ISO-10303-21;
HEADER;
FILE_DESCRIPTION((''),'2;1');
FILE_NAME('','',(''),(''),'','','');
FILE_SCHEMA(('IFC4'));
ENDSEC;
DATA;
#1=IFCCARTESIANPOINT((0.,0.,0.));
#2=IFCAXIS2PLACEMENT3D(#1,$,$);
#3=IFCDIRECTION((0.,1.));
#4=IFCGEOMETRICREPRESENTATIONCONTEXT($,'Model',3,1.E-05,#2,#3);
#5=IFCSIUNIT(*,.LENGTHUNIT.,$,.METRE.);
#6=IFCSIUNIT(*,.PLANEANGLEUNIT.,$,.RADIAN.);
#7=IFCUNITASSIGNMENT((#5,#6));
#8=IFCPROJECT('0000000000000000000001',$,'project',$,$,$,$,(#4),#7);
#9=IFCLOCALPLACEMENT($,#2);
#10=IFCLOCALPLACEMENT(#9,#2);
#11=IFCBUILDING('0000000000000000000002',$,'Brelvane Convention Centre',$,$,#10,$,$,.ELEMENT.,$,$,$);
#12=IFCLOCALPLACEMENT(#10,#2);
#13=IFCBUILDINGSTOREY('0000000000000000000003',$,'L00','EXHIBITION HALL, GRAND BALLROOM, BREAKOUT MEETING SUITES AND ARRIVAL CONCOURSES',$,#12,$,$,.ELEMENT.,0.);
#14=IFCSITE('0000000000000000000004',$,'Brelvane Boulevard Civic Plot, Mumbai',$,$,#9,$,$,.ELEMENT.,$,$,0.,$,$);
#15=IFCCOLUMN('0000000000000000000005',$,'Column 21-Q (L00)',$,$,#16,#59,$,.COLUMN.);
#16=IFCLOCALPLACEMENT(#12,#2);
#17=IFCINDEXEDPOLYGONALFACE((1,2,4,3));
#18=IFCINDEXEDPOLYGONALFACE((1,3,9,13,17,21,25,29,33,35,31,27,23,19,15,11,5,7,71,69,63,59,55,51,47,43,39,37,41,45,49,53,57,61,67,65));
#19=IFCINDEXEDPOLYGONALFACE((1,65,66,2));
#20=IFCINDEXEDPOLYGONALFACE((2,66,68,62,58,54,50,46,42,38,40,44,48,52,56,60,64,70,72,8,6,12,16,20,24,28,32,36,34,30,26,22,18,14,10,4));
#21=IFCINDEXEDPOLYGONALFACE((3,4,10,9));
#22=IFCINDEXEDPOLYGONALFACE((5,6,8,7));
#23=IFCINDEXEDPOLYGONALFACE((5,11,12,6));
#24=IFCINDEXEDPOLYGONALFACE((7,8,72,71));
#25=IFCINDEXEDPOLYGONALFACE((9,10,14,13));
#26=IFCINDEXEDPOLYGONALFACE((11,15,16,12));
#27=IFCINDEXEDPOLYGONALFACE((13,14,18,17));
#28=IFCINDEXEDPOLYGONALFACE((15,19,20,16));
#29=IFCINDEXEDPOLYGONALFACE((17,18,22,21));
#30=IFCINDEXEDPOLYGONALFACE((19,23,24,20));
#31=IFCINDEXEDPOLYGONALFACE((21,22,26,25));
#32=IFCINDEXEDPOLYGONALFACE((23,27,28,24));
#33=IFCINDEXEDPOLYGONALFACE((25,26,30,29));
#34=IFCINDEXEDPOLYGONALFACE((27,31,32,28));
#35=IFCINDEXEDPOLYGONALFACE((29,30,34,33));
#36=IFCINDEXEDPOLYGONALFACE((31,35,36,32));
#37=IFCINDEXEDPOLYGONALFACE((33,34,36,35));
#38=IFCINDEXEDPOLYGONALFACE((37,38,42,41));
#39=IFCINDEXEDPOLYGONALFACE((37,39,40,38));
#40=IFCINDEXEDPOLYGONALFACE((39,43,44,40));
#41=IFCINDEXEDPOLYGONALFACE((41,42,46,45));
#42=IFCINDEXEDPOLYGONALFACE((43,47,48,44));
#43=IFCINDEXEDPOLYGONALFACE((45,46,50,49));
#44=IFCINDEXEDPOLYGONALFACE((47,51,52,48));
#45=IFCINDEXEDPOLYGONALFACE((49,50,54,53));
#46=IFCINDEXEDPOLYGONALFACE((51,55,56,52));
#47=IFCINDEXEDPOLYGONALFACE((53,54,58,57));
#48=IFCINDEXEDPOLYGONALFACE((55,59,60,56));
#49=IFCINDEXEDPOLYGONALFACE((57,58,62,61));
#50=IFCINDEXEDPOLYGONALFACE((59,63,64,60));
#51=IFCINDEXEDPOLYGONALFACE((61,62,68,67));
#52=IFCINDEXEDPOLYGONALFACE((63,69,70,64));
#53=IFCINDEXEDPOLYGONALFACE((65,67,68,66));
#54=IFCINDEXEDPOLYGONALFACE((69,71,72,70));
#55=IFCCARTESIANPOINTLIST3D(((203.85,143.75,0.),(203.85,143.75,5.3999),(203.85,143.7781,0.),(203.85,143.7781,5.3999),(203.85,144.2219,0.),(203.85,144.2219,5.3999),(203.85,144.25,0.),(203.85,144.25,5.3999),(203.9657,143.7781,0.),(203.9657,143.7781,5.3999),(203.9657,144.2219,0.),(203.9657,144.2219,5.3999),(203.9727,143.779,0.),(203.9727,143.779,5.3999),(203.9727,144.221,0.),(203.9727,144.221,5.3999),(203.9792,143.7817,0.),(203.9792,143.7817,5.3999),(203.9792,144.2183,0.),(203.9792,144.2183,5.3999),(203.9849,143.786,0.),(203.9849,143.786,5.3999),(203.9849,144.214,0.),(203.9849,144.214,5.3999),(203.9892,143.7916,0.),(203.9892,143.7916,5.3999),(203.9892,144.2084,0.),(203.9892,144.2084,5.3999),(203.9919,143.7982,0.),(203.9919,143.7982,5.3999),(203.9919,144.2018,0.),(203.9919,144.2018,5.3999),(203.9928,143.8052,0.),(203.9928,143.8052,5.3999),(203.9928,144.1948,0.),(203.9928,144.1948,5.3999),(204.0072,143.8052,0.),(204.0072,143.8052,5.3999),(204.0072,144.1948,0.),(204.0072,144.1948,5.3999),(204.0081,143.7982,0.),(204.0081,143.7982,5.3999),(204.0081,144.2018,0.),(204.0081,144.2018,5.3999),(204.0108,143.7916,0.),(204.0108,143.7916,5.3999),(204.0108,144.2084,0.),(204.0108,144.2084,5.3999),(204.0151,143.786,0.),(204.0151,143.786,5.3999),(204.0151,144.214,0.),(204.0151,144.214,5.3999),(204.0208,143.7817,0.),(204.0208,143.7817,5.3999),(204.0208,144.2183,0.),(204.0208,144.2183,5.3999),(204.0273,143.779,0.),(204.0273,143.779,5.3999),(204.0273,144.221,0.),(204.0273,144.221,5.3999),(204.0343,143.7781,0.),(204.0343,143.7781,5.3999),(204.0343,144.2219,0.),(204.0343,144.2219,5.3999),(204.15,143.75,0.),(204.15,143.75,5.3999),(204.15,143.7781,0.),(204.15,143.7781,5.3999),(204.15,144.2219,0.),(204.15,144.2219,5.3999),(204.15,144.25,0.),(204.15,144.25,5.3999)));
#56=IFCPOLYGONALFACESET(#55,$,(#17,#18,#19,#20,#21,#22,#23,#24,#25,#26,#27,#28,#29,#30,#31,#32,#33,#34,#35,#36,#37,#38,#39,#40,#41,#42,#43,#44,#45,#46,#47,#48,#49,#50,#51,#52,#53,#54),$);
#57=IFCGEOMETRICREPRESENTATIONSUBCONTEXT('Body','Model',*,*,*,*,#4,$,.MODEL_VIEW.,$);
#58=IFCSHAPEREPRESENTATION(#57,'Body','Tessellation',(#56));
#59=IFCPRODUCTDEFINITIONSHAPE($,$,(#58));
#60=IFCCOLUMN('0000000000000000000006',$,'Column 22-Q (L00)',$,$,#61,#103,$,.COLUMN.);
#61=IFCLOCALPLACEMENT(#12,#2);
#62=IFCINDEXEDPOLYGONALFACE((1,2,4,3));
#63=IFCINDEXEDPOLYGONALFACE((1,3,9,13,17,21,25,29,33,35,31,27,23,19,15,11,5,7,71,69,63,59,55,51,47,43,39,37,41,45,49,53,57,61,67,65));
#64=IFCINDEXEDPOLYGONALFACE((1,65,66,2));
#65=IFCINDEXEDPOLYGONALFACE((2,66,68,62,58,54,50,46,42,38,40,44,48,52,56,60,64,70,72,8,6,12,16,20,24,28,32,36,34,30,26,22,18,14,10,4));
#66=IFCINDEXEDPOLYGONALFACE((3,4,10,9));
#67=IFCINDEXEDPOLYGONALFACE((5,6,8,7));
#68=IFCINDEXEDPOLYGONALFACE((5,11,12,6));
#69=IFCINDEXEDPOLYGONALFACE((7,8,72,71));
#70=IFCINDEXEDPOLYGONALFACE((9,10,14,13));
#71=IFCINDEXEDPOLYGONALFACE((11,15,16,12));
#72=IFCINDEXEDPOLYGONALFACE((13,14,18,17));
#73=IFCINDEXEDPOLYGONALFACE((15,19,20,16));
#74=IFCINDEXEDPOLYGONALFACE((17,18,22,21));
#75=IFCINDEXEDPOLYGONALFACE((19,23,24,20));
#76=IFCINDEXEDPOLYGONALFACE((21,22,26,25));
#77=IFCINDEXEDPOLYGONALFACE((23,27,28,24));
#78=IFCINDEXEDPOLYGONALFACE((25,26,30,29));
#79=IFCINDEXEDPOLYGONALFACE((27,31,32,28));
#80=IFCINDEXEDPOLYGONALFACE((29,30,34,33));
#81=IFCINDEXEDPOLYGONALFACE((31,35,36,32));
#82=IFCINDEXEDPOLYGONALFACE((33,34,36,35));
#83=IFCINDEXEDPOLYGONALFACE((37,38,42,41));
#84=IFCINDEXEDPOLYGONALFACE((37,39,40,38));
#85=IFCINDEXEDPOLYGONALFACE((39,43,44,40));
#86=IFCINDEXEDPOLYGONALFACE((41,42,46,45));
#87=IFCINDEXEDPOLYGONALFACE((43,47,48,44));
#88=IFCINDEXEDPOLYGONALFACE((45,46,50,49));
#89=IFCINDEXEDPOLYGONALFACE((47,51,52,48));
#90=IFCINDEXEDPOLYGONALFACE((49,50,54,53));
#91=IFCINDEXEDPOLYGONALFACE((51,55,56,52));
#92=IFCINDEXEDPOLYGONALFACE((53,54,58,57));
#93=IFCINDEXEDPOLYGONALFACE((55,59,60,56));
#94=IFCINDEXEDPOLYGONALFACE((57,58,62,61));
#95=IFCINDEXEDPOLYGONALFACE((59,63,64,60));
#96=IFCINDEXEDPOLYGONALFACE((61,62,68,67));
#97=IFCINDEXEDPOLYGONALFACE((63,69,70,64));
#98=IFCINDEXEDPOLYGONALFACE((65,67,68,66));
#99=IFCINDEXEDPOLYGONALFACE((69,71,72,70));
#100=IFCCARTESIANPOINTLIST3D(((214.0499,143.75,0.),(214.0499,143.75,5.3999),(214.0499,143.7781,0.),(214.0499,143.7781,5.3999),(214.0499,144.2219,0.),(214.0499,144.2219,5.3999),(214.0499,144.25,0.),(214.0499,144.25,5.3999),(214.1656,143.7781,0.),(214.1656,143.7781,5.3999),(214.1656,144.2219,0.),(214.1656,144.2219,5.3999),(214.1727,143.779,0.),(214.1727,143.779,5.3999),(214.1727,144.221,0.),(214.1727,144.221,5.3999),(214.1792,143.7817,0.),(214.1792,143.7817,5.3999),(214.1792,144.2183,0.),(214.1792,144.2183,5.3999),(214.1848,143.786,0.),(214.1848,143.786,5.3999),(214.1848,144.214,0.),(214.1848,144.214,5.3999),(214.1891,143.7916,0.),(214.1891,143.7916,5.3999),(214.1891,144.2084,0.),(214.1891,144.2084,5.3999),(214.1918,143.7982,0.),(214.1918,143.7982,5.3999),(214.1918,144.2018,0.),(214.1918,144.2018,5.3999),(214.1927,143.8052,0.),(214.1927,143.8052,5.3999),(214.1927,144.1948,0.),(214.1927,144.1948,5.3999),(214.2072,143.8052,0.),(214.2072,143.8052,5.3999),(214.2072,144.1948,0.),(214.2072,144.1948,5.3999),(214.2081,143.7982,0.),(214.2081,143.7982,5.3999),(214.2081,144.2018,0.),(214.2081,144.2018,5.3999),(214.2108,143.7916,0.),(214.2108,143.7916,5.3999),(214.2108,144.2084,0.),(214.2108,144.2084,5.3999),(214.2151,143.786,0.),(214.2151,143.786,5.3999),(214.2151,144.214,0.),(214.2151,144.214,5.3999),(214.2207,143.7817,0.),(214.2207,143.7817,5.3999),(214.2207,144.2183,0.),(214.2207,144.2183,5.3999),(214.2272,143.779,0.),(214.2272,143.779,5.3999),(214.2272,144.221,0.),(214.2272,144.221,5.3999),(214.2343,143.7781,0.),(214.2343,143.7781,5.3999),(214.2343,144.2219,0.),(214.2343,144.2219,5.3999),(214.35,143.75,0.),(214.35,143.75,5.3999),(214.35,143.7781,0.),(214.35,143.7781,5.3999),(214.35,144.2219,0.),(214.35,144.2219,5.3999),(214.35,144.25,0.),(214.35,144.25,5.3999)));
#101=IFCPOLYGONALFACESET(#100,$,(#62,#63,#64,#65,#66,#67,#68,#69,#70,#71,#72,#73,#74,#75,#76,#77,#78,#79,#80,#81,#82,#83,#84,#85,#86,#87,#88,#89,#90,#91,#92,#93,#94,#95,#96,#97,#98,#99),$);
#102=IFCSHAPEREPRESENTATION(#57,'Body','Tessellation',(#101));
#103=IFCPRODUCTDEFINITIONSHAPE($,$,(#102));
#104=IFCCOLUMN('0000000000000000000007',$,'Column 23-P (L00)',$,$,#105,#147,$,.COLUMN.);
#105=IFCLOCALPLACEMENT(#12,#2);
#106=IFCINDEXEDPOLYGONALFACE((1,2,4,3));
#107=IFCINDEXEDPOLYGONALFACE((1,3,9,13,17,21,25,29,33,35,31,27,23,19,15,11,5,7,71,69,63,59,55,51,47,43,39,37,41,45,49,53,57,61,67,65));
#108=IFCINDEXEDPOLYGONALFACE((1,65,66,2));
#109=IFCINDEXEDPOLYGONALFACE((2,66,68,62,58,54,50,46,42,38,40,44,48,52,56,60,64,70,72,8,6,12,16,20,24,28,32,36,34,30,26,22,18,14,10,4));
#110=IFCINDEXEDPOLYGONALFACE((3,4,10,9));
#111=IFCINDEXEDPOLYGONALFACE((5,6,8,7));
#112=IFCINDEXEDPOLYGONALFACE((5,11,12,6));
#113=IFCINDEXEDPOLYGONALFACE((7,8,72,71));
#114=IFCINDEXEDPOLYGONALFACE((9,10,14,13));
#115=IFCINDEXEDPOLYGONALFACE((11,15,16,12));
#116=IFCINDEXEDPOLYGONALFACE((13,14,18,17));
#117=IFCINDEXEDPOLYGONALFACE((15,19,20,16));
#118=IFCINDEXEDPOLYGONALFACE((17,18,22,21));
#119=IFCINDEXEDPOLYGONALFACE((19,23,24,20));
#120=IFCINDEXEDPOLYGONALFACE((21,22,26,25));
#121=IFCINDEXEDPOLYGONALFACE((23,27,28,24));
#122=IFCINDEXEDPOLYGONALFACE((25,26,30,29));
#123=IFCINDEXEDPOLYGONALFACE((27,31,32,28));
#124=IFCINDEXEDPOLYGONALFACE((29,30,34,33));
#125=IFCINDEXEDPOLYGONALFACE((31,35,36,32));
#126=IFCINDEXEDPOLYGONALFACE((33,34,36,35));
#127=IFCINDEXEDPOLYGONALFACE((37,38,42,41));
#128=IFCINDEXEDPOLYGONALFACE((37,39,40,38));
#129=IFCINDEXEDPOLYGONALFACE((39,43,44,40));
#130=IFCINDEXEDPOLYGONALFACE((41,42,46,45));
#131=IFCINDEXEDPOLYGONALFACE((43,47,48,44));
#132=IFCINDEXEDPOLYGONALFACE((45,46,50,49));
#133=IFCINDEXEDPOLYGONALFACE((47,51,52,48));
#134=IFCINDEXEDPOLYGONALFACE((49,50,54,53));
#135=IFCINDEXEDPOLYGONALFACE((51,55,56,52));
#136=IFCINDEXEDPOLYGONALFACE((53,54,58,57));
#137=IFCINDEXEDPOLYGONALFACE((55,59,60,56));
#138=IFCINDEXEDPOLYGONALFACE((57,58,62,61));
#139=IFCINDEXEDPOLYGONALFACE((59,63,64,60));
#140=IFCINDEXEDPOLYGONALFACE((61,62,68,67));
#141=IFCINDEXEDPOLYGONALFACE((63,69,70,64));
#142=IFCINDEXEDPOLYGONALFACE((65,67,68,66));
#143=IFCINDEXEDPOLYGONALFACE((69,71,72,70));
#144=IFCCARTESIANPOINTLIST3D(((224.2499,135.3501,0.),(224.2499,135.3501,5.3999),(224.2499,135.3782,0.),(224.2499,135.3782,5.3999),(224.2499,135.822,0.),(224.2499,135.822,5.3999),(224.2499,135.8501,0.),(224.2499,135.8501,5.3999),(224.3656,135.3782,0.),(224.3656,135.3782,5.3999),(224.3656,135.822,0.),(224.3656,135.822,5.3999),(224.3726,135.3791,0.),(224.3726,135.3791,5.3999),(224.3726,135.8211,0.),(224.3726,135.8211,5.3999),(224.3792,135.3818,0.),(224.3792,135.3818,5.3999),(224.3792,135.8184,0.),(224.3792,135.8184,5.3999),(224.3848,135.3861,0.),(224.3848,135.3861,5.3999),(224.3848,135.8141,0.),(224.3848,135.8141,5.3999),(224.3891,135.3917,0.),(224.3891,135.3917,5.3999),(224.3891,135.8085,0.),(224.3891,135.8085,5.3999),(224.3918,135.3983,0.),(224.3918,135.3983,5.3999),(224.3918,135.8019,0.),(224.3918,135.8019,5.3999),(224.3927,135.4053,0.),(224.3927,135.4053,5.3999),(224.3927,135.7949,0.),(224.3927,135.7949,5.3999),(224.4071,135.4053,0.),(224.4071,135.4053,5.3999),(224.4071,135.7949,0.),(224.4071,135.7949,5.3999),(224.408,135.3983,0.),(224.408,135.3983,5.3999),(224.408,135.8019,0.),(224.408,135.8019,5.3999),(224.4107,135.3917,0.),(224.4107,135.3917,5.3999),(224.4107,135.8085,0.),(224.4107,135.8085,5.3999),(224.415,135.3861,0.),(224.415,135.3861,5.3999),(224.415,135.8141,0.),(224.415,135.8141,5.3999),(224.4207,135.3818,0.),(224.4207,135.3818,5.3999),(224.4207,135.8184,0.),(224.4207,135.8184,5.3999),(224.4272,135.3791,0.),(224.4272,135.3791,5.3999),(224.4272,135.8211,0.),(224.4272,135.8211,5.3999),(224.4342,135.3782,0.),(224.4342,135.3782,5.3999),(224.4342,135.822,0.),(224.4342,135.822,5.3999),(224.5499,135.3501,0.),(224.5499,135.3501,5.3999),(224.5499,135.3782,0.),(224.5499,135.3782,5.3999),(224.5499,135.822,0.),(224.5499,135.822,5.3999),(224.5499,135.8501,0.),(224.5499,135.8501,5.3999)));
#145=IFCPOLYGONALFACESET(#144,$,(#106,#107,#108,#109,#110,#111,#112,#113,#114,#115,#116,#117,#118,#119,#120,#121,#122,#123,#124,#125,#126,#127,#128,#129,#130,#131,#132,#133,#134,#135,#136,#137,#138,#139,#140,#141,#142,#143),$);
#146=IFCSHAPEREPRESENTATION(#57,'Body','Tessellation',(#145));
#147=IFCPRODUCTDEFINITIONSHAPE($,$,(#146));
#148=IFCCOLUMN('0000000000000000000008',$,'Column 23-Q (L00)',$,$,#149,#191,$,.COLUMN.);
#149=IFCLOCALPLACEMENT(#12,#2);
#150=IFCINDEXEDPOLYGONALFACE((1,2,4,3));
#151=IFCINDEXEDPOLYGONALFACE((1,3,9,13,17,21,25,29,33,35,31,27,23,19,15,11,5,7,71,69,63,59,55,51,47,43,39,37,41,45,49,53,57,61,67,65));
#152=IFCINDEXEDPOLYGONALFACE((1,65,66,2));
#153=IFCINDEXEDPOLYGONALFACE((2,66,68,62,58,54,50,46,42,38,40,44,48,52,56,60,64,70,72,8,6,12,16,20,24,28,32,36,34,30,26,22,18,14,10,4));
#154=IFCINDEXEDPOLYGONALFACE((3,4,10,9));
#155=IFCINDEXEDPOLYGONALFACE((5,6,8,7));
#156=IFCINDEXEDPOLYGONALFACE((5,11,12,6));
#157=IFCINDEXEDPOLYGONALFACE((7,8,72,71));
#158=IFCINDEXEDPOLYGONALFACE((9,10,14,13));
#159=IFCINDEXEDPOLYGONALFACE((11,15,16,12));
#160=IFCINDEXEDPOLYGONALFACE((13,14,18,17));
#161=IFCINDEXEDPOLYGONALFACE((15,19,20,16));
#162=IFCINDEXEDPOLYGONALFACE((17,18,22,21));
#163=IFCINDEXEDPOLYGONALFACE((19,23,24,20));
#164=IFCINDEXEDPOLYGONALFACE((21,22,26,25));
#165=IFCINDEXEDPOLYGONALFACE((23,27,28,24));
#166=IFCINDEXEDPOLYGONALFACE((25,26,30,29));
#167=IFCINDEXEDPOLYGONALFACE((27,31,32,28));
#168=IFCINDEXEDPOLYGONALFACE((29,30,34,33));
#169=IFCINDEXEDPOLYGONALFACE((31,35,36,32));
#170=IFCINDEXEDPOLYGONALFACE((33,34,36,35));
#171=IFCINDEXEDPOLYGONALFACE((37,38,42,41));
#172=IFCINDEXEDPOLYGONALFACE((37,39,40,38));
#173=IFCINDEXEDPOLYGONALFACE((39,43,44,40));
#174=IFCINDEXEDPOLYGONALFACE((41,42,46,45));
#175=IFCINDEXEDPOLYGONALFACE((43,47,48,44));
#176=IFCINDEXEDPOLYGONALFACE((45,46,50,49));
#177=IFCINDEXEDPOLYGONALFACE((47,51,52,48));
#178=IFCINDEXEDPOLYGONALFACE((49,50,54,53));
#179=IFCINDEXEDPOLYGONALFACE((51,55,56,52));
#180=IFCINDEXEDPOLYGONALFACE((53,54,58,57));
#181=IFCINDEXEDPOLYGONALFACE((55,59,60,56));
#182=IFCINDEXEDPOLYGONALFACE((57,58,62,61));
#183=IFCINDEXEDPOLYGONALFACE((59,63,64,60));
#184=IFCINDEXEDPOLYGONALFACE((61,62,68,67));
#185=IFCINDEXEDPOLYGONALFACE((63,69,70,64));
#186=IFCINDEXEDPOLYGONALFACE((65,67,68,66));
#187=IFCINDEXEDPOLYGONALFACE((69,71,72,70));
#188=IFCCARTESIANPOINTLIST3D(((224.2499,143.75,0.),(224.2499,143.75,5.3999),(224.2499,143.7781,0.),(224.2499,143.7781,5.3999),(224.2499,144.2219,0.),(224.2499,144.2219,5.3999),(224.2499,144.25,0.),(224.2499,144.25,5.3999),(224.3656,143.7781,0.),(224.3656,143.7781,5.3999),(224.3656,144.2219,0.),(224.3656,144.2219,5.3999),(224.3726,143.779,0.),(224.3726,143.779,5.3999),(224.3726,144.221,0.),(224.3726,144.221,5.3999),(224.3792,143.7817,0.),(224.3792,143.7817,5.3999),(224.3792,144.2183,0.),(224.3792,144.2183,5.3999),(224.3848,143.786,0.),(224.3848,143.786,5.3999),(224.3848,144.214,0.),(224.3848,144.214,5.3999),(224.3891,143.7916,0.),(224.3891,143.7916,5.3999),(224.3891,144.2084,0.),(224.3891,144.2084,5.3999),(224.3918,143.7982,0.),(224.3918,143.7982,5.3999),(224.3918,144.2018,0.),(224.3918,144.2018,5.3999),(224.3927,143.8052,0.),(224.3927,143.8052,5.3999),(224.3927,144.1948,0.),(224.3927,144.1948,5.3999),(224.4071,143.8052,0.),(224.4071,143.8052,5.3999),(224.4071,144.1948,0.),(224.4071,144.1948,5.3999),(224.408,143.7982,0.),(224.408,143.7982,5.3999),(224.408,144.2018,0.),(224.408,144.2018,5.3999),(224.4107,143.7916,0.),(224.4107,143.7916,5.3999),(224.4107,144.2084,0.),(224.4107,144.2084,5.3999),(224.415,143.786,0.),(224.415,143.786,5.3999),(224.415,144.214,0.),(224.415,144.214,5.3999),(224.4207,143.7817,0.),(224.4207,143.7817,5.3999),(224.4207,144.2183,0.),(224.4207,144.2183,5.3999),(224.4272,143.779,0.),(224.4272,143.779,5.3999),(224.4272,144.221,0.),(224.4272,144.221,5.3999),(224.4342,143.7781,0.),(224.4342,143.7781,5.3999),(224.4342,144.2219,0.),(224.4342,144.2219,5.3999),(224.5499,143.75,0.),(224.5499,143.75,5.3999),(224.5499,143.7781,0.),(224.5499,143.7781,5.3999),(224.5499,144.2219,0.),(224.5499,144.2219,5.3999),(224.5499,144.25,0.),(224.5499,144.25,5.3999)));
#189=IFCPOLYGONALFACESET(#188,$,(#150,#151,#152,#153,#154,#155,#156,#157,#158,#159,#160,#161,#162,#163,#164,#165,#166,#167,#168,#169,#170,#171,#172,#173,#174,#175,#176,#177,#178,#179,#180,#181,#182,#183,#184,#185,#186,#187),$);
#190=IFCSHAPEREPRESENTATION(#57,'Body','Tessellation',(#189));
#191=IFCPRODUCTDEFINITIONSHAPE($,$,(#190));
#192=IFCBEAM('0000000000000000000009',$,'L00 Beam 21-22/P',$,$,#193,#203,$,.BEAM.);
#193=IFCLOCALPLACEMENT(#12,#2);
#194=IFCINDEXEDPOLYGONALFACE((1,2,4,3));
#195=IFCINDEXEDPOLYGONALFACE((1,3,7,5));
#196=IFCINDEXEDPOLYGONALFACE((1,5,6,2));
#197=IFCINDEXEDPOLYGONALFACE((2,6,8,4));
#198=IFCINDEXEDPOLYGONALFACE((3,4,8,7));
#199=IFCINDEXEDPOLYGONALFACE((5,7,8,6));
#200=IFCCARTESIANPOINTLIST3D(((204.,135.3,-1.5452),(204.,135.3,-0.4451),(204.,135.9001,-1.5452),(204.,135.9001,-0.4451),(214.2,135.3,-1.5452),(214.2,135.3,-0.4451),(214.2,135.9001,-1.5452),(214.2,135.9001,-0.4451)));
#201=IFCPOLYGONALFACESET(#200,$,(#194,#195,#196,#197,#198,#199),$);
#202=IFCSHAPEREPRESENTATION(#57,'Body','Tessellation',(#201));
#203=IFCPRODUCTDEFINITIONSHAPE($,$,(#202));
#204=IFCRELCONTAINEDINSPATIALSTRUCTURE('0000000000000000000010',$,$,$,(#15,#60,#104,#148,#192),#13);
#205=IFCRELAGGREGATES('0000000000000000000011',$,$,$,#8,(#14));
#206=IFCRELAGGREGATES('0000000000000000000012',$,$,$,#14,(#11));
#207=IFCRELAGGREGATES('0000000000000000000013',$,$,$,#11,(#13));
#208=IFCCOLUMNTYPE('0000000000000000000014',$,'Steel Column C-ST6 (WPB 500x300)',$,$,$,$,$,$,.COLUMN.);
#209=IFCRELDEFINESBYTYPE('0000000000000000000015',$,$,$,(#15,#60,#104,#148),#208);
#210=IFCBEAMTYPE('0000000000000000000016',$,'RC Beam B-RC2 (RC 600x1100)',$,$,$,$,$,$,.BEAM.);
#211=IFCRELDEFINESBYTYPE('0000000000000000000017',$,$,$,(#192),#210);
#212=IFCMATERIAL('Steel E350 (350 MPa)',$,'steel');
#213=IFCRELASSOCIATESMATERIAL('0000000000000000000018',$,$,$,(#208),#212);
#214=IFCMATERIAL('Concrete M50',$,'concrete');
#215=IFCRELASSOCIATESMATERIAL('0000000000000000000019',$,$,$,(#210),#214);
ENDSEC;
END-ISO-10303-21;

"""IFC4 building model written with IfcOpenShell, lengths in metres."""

from ifc_helpers import new_model, si_unit, direction, frame, origin, origin_2d, place, context, subcontext, project, spatial, rectangle, i_section, extrude, material, material_profile, profile_set, type_object, element, save


model = new_model("IFC4")

# Units and contexts
model_context = context("Model", 3, precision=1e-05, world=origin(), true_north=direction((0.0, 1.0)))
body_context = subcontext(model_context, "Body", "Model", "MODEL_VIEW")
ifc_project = project(units=[si_unit("LENGTHUNIT", "METRE"), si_unit("PLANEANGLEUNIT", "RADIAN")], contexts=[model_context])

# Site, building, storey
site_placement = place(None, origin())
site = spatial("IfcSite", under=ifc_project, at=site_placement, Name="Brelvane Boulevard Civic Plot, Mumbai", CompositionType="ELEMENT", RefElevation=0.0)
building_placement = place(site_placement, origin())
building = spatial("IfcBuilding", under=site, at=building_placement, Name="Brelvane Convention Centre", CompositionType="ELEMENT")
storey_placement = place(building_placement, origin())
storey = spatial("IfcBuildingStorey", under=building, at=storey_placement, Name="L00", Description="EXHIBITION HALL, GRAND BALLROOM, BREAKOUT MEETING SUITES AND ARRIVAL CONCOURSES", CompositionType="ELEMENT", Elevation=0.0)

# Columns
ifc_material_1 = material(Name="Steel E350 (350 MPa)", Category="steel")
ifc_material_profile_1 = material_profile(ifc_material_1, i_section(OverallWidth=0.3, OverallDepth=0.5, WebThickness=0.0144, FlangeThickness=0.0281, FilletRadius=0.0271, at=origin_2d()), Name="WPB 500x300")
ifc_profile_set_1 = profile_set([ifc_material_profile_1], Name="Steel E350 (350 MPa)")
column_type = type_object("IfcColumnType", Name="Steel Column C-ST6 (WPB 500x300)", PredefinedType="COLUMN", material=ifc_profile_set_1)
for number, where, z_axis, x_axis, name in (
    (1, (204.0, 144.0, 0.0), (0.0, 0.0, 1.0), (1.0, 0.0, 0.0), "Column 21-Q (L00)"),
    (2, (214.2, 144.0, 0.0), (0.0, 0.0, 1.0), (1.0, 0.0, 0.0), "Column 22-Q (L00)"),
    (3, (224.3999, 135.6001, 0.0), (0.0, 0.0, 1.0), (1.0, 0.0, 0.0), "Column 23-P (L00)"),
    (4, (224.3999, 144.0, 0.0), (0.0, 0.0, 1.0), (1.0, 0.0, 0.0), "Column 23-Q (L00)"),
):
    element("IfcColumn", number, at=place(storey_placement, frame(where, z_axis=z_axis, x_axis=x_axis)), inside=storey, type_object=column_type, Name=name, PredefinedType="COLUMN", context=body_context, shape_type="SweptSolid", body=[
        extrude(i_section(OverallWidth=0.3, OverallDepth=0.5, WebThickness=0.0144, FlangeThickness=0.0281, FilletRadius=0.0271, at=origin_2d()), origin(), (0.0, 0.0, 1.0), 5.3999),
    ])

# Beam
ifc_material_2 = material(Name="Concrete M50", Category="concrete")
ifc_material_profile_2 = material_profile(ifc_material_2, rectangle(XDim=0.6001, YDim=1.1001, at=origin_2d()), Name="RC 600x1100")
ifc_profile_set_2 = profile_set([ifc_material_profile_2], Name="Concrete M50")
beam_type_1 = type_object("IfcBeamType", Name="RC Beam B-RC2 (RC 600x1100)", PredefinedType="BEAM", material=ifc_profile_set_2)
for number, where, z_axis, x_axis, name in (
    (5, (204.0, 135.6001, -0.9951), (1.0, 0.0, 0.0), (0.0, 1.0, 0.0), "L00 Beam 21-22/P"),
):
    element("IfcBeam", number, at=place(storey_placement, frame(where, z_axis=z_axis, x_axis=x_axis)), inside=storey, type_object=beam_type_1, Name=name, PredefinedType="BEAM", context=body_context, shape_type="SweptSolid", body=[
        extrude(rectangle(XDim=0.6001, YDim=1.1001, at=origin_2d()), origin(), (0.0, 0.0, 1.0), 10.2),
    ])

save(model, "model.ifc")
